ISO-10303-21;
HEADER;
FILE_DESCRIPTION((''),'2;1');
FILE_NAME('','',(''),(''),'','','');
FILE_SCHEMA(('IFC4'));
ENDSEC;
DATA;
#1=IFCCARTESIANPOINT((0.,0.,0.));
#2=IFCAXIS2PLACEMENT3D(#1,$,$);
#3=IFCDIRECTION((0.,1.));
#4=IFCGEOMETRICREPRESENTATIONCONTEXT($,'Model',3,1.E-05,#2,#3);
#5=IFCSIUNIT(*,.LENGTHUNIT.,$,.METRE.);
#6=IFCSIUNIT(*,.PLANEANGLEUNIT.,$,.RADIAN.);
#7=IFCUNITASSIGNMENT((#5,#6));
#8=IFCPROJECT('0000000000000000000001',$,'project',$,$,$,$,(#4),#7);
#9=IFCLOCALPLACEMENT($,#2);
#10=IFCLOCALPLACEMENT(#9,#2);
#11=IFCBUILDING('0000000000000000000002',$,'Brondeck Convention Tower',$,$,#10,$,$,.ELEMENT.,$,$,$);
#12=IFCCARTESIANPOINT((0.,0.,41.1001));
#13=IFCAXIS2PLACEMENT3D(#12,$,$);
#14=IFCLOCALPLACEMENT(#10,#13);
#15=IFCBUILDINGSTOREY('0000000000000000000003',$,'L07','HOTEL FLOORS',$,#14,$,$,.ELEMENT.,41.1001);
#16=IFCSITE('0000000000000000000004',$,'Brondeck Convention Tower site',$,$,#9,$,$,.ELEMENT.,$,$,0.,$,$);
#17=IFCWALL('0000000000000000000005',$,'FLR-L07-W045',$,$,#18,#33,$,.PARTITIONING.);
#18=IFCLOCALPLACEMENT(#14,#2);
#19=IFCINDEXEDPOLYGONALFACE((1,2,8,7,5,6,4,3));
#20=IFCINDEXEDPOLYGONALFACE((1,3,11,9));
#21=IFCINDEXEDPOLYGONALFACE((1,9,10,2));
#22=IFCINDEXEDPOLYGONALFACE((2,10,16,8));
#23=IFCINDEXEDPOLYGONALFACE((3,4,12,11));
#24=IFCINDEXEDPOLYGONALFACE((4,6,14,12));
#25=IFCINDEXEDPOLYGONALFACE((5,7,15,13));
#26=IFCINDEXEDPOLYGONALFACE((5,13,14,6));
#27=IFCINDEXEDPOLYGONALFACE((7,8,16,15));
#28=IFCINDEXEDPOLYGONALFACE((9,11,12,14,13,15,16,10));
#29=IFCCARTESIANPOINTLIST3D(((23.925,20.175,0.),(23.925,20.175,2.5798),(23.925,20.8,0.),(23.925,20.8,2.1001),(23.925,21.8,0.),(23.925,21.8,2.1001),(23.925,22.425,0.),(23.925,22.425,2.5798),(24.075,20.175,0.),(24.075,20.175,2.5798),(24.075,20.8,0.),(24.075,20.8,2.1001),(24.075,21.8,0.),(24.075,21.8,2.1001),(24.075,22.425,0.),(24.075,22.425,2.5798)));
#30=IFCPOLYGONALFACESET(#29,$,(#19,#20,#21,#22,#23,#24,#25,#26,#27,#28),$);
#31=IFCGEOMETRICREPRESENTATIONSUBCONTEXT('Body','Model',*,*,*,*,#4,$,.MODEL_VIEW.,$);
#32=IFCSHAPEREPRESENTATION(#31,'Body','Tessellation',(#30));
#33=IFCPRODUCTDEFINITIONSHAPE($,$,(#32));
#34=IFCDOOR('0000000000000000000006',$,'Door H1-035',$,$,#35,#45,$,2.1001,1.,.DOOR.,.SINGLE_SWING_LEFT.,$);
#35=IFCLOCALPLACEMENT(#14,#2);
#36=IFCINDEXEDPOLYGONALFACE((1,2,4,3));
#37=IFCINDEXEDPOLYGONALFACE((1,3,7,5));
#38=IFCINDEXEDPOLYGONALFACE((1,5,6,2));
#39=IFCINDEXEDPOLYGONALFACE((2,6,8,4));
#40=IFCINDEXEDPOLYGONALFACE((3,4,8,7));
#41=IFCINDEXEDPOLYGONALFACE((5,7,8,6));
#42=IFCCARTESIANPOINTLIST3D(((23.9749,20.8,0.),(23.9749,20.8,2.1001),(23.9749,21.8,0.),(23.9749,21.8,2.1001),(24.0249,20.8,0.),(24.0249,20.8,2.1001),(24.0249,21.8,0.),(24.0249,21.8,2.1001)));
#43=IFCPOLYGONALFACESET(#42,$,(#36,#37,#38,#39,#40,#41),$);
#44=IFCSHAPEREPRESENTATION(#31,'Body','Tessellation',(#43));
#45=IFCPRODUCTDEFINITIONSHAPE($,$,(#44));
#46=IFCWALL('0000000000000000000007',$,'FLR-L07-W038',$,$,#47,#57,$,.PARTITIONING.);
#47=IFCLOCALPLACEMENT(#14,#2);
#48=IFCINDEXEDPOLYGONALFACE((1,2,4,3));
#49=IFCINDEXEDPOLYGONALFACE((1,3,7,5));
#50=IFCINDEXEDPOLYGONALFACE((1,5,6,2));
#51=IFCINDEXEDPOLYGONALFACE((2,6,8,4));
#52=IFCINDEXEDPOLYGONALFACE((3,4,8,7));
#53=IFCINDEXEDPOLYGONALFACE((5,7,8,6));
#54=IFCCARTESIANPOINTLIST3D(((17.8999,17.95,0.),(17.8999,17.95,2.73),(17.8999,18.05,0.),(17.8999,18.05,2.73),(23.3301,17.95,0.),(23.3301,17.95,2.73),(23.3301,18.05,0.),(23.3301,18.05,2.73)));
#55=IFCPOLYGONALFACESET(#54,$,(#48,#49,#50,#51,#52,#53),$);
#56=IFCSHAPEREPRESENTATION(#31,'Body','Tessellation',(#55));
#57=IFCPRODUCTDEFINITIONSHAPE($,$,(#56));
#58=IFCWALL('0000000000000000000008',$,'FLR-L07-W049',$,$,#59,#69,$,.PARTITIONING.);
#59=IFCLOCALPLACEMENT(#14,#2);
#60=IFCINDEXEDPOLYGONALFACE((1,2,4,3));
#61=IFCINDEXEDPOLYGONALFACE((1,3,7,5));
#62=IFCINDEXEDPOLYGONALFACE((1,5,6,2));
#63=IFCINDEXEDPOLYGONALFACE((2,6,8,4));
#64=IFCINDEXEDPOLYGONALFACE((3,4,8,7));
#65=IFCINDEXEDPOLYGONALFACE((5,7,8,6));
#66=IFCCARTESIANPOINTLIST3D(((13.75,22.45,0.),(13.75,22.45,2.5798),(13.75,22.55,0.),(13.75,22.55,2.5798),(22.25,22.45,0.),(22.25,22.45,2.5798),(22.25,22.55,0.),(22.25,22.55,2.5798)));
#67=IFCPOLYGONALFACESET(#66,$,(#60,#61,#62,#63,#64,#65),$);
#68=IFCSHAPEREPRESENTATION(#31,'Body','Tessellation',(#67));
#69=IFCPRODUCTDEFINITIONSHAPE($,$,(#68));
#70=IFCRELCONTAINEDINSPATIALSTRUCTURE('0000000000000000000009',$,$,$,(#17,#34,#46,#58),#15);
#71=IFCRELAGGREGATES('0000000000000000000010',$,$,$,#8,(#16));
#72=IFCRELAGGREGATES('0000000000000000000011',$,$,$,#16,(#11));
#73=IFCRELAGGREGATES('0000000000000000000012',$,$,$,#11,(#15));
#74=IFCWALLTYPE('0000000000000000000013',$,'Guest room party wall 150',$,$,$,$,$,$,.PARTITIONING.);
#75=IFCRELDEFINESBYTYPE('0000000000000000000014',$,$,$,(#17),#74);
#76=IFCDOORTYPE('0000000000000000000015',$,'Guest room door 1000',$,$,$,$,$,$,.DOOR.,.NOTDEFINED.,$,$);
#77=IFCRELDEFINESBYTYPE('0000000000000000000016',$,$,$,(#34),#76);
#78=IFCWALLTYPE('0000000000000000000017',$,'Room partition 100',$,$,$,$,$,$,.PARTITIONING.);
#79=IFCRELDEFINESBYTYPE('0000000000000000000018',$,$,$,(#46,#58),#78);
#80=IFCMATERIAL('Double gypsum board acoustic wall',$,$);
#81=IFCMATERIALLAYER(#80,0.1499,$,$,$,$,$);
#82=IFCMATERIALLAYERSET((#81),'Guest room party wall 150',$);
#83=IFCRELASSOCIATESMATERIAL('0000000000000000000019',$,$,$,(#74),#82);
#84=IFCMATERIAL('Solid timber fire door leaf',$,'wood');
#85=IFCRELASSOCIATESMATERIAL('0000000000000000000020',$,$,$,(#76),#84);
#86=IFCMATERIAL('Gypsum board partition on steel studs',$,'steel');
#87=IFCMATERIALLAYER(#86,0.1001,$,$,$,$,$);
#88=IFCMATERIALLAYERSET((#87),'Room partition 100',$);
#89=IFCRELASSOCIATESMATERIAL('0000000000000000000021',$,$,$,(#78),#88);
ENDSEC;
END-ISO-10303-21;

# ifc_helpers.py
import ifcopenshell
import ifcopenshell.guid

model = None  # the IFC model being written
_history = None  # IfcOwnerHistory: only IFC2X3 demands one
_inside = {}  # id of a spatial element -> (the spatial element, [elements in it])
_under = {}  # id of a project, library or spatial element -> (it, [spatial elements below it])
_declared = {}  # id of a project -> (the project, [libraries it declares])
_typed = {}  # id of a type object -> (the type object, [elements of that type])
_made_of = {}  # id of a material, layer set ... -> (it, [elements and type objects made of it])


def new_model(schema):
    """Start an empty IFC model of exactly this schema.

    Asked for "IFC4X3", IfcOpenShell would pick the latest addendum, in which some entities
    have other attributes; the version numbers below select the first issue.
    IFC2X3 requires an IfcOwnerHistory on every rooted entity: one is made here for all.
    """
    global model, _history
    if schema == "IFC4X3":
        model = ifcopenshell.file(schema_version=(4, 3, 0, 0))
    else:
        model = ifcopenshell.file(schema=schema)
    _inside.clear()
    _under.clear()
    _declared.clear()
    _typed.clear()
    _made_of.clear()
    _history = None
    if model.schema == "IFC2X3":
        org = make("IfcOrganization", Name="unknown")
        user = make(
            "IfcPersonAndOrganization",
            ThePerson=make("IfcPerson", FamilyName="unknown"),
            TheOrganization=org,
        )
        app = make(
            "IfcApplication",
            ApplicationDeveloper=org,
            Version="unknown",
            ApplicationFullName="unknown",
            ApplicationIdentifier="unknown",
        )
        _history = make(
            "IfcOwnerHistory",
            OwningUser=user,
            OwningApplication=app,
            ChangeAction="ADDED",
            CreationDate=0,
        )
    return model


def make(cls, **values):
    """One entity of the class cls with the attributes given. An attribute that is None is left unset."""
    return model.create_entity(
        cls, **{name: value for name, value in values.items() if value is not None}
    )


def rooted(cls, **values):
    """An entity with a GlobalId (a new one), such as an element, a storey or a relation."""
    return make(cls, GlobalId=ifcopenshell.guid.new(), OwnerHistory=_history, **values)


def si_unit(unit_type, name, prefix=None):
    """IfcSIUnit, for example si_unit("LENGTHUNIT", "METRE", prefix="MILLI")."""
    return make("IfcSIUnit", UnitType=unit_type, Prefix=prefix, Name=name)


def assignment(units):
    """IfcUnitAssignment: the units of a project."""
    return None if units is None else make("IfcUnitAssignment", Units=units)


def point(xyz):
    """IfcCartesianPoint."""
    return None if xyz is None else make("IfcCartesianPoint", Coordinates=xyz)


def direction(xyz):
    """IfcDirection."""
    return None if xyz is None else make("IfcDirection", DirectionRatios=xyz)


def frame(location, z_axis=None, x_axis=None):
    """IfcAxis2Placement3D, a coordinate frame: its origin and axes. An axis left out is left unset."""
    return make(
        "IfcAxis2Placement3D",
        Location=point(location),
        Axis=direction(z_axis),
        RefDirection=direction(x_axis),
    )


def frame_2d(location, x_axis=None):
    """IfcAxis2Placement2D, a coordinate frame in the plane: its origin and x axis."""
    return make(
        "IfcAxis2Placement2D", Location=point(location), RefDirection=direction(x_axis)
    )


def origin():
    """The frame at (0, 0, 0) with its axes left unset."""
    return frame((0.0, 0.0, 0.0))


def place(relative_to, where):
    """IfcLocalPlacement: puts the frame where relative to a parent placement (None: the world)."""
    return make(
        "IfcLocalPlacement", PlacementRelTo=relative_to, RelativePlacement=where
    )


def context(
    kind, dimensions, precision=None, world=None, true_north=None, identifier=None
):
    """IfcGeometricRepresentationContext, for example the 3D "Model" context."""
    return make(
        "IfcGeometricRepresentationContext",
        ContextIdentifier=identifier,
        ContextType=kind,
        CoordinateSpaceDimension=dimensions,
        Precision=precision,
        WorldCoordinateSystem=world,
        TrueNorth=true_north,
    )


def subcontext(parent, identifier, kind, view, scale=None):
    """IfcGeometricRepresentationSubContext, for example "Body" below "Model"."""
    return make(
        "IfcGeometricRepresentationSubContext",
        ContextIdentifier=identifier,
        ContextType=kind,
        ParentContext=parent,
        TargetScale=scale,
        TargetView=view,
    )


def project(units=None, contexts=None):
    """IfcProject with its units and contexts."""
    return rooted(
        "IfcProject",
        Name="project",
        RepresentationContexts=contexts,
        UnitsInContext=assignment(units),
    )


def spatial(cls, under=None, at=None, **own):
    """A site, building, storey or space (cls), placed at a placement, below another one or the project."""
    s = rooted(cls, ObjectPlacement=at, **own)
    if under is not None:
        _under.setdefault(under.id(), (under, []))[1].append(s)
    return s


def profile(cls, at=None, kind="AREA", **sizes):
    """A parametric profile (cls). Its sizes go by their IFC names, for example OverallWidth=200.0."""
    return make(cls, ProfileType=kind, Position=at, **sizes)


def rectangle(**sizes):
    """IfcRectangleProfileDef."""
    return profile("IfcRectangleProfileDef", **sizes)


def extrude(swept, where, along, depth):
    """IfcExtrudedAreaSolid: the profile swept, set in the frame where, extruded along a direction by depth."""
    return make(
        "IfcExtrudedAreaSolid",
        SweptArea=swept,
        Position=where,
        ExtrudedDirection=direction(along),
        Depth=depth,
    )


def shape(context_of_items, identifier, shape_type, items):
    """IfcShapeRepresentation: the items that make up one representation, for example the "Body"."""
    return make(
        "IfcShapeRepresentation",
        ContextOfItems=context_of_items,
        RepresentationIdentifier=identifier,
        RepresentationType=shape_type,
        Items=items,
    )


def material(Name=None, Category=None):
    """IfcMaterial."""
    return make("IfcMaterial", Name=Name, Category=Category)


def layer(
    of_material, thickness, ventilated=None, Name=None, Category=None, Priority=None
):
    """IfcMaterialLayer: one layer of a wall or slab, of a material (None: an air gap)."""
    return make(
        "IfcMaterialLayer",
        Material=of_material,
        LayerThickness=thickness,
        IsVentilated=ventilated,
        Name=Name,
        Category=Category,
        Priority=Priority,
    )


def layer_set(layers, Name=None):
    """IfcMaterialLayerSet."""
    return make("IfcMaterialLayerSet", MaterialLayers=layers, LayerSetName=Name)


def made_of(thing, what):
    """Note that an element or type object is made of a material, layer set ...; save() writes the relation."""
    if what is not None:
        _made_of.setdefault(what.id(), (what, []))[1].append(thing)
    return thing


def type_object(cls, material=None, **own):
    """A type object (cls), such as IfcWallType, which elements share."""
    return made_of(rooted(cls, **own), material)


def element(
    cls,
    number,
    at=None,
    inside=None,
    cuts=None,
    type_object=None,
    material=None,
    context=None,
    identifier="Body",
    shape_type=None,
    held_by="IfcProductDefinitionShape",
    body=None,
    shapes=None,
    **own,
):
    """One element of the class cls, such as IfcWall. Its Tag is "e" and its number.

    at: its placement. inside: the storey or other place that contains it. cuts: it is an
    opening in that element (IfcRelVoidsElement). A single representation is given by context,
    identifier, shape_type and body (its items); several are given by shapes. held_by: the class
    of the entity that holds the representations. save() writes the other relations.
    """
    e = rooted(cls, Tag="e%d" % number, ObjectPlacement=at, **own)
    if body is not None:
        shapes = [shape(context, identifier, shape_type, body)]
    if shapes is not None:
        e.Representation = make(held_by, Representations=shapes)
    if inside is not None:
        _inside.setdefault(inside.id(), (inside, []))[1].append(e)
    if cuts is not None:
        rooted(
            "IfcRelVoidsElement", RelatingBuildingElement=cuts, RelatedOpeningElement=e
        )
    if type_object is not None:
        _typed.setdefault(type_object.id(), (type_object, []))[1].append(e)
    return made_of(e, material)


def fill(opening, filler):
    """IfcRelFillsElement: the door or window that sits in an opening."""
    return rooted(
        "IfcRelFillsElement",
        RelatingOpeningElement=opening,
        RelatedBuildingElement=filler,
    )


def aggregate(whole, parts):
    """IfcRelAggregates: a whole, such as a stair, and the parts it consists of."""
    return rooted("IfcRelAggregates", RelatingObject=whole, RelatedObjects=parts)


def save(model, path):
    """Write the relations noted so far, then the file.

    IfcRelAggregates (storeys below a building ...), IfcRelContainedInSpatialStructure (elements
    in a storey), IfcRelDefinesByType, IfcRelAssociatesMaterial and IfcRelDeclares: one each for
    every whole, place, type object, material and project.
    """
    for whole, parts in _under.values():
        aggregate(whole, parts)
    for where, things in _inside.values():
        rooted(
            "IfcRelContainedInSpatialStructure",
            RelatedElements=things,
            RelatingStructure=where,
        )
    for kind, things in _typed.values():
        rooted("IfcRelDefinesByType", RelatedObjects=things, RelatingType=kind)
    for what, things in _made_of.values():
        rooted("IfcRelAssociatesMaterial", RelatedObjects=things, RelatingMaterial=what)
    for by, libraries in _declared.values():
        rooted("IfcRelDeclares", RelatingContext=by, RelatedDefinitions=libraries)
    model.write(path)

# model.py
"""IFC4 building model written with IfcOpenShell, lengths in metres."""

from ifc_helpers import new_model, si_unit, direction, frame, frame_2d, origin, place, context, subcontext, project, spatial, rectangle, extrude, material, layer, layer_set, type_object, element, fill, save


model = new_model("IFC4")

# Units and contexts
model_context = context("Model", 3, precision=1e-05, world=origin(), true_north=direction((0.0, 1.0)))
body_context = subcontext(model_context, "Body", "Model", "MODEL_VIEW")
ifc_project = project(units=[si_unit("LENGTHUNIT", "METRE"), si_unit("PLANEANGLEUNIT", "RADIAN")], contexts=[model_context])

# Site, building, storey
site_placement = place(None, origin())
site = spatial("IfcSite", under=ifc_project, at=site_placement, Name="Brondeck Convention Tower site", CompositionType="ELEMENT", RefElevation=0.0)
building_placement = place(site_placement, origin())
building = spatial("IfcBuilding", under=site, at=building_placement, Name="Brondeck Convention Tower", CompositionType="ELEMENT")
storey_placement = place(building_placement, frame((0.0, 0.0, 41.1001)))
storey = spatial("IfcBuildingStorey", under=building, at=storey_placement, Name="L07", Description="HOTEL FLOORS", CompositionType="ELEMENT", Elevation=41.1001)

# Shared definitions
ifc_material_1 = material(Name="Double gypsum board acoustic wall")
ifc_layer_1 = layer(ifc_material_1, 0.1499)
ifc_layer_set_1 = layer_set([ifc_layer_1], Name="Guest room party wall 150")
wall_type_1 = type_object("IfcWallType", Name="Guest room party wall 150", PredefinedType="PARTITIONING", material=ifc_layer_set_1)
ifc_material_2 = material(Name="Solid timber fire door leaf", Category="wood")
door_type_1 = type_object("IfcDoorType", Name="Guest room door 1000", OperationType="NOTDEFINED", PredefinedType="DOOR", material=ifc_material_2)

# Wall, opening, door
wall_1_placement = place(storey_placement, frame((24.0, 22.425, 0.0), z_axis=(0.0, 0.0, 1.0), x_axis=(0.0, -1.0, 0.0)))
wall_1 = element("IfcWall", 1, at=wall_1_placement, inside=storey, type_object=wall_type_1, Name="FLR-L07-W045", PredefinedType="PARTITIONING", context=body_context, shape_type="SweptSolid", body=[
    extrude(rectangle(XDim=2.25, YDim=0.1499, at=frame_2d((1.125, 0.0))), origin(), (0.0, 0.0, 1.0), 2.5798),
])
opening_1_placement = place(wall_1_placement, frame((0.625, 0.0, 0.0)))
opening_1 = element("IfcOpeningElement", 2, at=opening_1_placement, cuts=wall_1, PredefinedType="OPENING", context=body_context, shape_type="SweptSolid", body=[
    extrude(rectangle(XDim=1.0, YDim=2.1001, at=frame_2d((0.5, 1.05))), frame((0.0, 0.085, 0.0), z_axis=(0.0, -1.0, 0.0), x_axis=(1.0, 0.0, 0.0)), (0.0, 0.0, 1.0), 0.1699),
])
door_1_placement = place(opening_1_placement, origin())
door_1 = element("IfcDoor", 3, at=door_1_placement, inside=storey, type_object=door_type_1, Name="Door H1-035", OperationType="SINGLE_SWING_LEFT", OverallHeight=2.1001, OverallWidth=1.0, PredefinedType="DOOR", context=body_context, shape_type="SweptSolid", body=[
    extrude(rectangle(XDim=1.0, YDim=2.1001, at=frame_2d((0.5, 1.05))), frame((0.0, 0.0249, 0.0), z_axis=(0.0, -1.0, 0.0), x_axis=(1.0, 0.0, 0.0)), (0.0, 0.0, 1.0), 0.05),
])
fill(opening_1, door_1)

# Walls
ifc_material_3 = material(Name="Gypsum board partition on steel studs", Category="steel")
ifc_layer_2 = layer(ifc_material_3, 0.1001)
ifc_layer_set_2 = layer_set([ifc_layer_2], Name="Room partition 100")
wall_type_2 = type_object("IfcWallType", Name="Room partition 100", PredefinedType="PARTITIONING", material=ifc_layer_set_2)
wall_2_placement = place(storey_placement, frame((23.3301, 18.0, 0.0), z_axis=(0.0, 0.0, 1.0), x_axis=(-1.0, 0.0, 0.0)))
element("IfcWall", 4, at=wall_2_placement, inside=storey, type_object=wall_type_2, Name="FLR-L07-W038", PredefinedType="PARTITIONING", context=body_context, shape_type="SweptSolid", body=[
    extrude(rectangle(XDim=5.4302, YDim=0.1001, at=frame_2d((2.7151, 0.0))), origin(), (0.0, 0.0, 1.0), 2.73),
])
wall_3_placement = place(storey_placement, frame((22.25, 22.5, 0.0), z_axis=(0.0, 0.0, 1.0), x_axis=(-1.0, 0.0, 0.0)))
element("IfcWall", 5, at=wall_3_placement, inside=storey, type_object=wall_type_2, Name="FLR-L07-W049", PredefinedType="PARTITIONING", context=body_context, shape_type="SweptSolid", body=[
    extrude(rectangle(XDim=8.5, YDim=0.1001, at=frame_2d((4.25, 0.0))), origin(), (0.0, 0.0, 1.0), 2.5798),
])

save(model, "model.ifc")
